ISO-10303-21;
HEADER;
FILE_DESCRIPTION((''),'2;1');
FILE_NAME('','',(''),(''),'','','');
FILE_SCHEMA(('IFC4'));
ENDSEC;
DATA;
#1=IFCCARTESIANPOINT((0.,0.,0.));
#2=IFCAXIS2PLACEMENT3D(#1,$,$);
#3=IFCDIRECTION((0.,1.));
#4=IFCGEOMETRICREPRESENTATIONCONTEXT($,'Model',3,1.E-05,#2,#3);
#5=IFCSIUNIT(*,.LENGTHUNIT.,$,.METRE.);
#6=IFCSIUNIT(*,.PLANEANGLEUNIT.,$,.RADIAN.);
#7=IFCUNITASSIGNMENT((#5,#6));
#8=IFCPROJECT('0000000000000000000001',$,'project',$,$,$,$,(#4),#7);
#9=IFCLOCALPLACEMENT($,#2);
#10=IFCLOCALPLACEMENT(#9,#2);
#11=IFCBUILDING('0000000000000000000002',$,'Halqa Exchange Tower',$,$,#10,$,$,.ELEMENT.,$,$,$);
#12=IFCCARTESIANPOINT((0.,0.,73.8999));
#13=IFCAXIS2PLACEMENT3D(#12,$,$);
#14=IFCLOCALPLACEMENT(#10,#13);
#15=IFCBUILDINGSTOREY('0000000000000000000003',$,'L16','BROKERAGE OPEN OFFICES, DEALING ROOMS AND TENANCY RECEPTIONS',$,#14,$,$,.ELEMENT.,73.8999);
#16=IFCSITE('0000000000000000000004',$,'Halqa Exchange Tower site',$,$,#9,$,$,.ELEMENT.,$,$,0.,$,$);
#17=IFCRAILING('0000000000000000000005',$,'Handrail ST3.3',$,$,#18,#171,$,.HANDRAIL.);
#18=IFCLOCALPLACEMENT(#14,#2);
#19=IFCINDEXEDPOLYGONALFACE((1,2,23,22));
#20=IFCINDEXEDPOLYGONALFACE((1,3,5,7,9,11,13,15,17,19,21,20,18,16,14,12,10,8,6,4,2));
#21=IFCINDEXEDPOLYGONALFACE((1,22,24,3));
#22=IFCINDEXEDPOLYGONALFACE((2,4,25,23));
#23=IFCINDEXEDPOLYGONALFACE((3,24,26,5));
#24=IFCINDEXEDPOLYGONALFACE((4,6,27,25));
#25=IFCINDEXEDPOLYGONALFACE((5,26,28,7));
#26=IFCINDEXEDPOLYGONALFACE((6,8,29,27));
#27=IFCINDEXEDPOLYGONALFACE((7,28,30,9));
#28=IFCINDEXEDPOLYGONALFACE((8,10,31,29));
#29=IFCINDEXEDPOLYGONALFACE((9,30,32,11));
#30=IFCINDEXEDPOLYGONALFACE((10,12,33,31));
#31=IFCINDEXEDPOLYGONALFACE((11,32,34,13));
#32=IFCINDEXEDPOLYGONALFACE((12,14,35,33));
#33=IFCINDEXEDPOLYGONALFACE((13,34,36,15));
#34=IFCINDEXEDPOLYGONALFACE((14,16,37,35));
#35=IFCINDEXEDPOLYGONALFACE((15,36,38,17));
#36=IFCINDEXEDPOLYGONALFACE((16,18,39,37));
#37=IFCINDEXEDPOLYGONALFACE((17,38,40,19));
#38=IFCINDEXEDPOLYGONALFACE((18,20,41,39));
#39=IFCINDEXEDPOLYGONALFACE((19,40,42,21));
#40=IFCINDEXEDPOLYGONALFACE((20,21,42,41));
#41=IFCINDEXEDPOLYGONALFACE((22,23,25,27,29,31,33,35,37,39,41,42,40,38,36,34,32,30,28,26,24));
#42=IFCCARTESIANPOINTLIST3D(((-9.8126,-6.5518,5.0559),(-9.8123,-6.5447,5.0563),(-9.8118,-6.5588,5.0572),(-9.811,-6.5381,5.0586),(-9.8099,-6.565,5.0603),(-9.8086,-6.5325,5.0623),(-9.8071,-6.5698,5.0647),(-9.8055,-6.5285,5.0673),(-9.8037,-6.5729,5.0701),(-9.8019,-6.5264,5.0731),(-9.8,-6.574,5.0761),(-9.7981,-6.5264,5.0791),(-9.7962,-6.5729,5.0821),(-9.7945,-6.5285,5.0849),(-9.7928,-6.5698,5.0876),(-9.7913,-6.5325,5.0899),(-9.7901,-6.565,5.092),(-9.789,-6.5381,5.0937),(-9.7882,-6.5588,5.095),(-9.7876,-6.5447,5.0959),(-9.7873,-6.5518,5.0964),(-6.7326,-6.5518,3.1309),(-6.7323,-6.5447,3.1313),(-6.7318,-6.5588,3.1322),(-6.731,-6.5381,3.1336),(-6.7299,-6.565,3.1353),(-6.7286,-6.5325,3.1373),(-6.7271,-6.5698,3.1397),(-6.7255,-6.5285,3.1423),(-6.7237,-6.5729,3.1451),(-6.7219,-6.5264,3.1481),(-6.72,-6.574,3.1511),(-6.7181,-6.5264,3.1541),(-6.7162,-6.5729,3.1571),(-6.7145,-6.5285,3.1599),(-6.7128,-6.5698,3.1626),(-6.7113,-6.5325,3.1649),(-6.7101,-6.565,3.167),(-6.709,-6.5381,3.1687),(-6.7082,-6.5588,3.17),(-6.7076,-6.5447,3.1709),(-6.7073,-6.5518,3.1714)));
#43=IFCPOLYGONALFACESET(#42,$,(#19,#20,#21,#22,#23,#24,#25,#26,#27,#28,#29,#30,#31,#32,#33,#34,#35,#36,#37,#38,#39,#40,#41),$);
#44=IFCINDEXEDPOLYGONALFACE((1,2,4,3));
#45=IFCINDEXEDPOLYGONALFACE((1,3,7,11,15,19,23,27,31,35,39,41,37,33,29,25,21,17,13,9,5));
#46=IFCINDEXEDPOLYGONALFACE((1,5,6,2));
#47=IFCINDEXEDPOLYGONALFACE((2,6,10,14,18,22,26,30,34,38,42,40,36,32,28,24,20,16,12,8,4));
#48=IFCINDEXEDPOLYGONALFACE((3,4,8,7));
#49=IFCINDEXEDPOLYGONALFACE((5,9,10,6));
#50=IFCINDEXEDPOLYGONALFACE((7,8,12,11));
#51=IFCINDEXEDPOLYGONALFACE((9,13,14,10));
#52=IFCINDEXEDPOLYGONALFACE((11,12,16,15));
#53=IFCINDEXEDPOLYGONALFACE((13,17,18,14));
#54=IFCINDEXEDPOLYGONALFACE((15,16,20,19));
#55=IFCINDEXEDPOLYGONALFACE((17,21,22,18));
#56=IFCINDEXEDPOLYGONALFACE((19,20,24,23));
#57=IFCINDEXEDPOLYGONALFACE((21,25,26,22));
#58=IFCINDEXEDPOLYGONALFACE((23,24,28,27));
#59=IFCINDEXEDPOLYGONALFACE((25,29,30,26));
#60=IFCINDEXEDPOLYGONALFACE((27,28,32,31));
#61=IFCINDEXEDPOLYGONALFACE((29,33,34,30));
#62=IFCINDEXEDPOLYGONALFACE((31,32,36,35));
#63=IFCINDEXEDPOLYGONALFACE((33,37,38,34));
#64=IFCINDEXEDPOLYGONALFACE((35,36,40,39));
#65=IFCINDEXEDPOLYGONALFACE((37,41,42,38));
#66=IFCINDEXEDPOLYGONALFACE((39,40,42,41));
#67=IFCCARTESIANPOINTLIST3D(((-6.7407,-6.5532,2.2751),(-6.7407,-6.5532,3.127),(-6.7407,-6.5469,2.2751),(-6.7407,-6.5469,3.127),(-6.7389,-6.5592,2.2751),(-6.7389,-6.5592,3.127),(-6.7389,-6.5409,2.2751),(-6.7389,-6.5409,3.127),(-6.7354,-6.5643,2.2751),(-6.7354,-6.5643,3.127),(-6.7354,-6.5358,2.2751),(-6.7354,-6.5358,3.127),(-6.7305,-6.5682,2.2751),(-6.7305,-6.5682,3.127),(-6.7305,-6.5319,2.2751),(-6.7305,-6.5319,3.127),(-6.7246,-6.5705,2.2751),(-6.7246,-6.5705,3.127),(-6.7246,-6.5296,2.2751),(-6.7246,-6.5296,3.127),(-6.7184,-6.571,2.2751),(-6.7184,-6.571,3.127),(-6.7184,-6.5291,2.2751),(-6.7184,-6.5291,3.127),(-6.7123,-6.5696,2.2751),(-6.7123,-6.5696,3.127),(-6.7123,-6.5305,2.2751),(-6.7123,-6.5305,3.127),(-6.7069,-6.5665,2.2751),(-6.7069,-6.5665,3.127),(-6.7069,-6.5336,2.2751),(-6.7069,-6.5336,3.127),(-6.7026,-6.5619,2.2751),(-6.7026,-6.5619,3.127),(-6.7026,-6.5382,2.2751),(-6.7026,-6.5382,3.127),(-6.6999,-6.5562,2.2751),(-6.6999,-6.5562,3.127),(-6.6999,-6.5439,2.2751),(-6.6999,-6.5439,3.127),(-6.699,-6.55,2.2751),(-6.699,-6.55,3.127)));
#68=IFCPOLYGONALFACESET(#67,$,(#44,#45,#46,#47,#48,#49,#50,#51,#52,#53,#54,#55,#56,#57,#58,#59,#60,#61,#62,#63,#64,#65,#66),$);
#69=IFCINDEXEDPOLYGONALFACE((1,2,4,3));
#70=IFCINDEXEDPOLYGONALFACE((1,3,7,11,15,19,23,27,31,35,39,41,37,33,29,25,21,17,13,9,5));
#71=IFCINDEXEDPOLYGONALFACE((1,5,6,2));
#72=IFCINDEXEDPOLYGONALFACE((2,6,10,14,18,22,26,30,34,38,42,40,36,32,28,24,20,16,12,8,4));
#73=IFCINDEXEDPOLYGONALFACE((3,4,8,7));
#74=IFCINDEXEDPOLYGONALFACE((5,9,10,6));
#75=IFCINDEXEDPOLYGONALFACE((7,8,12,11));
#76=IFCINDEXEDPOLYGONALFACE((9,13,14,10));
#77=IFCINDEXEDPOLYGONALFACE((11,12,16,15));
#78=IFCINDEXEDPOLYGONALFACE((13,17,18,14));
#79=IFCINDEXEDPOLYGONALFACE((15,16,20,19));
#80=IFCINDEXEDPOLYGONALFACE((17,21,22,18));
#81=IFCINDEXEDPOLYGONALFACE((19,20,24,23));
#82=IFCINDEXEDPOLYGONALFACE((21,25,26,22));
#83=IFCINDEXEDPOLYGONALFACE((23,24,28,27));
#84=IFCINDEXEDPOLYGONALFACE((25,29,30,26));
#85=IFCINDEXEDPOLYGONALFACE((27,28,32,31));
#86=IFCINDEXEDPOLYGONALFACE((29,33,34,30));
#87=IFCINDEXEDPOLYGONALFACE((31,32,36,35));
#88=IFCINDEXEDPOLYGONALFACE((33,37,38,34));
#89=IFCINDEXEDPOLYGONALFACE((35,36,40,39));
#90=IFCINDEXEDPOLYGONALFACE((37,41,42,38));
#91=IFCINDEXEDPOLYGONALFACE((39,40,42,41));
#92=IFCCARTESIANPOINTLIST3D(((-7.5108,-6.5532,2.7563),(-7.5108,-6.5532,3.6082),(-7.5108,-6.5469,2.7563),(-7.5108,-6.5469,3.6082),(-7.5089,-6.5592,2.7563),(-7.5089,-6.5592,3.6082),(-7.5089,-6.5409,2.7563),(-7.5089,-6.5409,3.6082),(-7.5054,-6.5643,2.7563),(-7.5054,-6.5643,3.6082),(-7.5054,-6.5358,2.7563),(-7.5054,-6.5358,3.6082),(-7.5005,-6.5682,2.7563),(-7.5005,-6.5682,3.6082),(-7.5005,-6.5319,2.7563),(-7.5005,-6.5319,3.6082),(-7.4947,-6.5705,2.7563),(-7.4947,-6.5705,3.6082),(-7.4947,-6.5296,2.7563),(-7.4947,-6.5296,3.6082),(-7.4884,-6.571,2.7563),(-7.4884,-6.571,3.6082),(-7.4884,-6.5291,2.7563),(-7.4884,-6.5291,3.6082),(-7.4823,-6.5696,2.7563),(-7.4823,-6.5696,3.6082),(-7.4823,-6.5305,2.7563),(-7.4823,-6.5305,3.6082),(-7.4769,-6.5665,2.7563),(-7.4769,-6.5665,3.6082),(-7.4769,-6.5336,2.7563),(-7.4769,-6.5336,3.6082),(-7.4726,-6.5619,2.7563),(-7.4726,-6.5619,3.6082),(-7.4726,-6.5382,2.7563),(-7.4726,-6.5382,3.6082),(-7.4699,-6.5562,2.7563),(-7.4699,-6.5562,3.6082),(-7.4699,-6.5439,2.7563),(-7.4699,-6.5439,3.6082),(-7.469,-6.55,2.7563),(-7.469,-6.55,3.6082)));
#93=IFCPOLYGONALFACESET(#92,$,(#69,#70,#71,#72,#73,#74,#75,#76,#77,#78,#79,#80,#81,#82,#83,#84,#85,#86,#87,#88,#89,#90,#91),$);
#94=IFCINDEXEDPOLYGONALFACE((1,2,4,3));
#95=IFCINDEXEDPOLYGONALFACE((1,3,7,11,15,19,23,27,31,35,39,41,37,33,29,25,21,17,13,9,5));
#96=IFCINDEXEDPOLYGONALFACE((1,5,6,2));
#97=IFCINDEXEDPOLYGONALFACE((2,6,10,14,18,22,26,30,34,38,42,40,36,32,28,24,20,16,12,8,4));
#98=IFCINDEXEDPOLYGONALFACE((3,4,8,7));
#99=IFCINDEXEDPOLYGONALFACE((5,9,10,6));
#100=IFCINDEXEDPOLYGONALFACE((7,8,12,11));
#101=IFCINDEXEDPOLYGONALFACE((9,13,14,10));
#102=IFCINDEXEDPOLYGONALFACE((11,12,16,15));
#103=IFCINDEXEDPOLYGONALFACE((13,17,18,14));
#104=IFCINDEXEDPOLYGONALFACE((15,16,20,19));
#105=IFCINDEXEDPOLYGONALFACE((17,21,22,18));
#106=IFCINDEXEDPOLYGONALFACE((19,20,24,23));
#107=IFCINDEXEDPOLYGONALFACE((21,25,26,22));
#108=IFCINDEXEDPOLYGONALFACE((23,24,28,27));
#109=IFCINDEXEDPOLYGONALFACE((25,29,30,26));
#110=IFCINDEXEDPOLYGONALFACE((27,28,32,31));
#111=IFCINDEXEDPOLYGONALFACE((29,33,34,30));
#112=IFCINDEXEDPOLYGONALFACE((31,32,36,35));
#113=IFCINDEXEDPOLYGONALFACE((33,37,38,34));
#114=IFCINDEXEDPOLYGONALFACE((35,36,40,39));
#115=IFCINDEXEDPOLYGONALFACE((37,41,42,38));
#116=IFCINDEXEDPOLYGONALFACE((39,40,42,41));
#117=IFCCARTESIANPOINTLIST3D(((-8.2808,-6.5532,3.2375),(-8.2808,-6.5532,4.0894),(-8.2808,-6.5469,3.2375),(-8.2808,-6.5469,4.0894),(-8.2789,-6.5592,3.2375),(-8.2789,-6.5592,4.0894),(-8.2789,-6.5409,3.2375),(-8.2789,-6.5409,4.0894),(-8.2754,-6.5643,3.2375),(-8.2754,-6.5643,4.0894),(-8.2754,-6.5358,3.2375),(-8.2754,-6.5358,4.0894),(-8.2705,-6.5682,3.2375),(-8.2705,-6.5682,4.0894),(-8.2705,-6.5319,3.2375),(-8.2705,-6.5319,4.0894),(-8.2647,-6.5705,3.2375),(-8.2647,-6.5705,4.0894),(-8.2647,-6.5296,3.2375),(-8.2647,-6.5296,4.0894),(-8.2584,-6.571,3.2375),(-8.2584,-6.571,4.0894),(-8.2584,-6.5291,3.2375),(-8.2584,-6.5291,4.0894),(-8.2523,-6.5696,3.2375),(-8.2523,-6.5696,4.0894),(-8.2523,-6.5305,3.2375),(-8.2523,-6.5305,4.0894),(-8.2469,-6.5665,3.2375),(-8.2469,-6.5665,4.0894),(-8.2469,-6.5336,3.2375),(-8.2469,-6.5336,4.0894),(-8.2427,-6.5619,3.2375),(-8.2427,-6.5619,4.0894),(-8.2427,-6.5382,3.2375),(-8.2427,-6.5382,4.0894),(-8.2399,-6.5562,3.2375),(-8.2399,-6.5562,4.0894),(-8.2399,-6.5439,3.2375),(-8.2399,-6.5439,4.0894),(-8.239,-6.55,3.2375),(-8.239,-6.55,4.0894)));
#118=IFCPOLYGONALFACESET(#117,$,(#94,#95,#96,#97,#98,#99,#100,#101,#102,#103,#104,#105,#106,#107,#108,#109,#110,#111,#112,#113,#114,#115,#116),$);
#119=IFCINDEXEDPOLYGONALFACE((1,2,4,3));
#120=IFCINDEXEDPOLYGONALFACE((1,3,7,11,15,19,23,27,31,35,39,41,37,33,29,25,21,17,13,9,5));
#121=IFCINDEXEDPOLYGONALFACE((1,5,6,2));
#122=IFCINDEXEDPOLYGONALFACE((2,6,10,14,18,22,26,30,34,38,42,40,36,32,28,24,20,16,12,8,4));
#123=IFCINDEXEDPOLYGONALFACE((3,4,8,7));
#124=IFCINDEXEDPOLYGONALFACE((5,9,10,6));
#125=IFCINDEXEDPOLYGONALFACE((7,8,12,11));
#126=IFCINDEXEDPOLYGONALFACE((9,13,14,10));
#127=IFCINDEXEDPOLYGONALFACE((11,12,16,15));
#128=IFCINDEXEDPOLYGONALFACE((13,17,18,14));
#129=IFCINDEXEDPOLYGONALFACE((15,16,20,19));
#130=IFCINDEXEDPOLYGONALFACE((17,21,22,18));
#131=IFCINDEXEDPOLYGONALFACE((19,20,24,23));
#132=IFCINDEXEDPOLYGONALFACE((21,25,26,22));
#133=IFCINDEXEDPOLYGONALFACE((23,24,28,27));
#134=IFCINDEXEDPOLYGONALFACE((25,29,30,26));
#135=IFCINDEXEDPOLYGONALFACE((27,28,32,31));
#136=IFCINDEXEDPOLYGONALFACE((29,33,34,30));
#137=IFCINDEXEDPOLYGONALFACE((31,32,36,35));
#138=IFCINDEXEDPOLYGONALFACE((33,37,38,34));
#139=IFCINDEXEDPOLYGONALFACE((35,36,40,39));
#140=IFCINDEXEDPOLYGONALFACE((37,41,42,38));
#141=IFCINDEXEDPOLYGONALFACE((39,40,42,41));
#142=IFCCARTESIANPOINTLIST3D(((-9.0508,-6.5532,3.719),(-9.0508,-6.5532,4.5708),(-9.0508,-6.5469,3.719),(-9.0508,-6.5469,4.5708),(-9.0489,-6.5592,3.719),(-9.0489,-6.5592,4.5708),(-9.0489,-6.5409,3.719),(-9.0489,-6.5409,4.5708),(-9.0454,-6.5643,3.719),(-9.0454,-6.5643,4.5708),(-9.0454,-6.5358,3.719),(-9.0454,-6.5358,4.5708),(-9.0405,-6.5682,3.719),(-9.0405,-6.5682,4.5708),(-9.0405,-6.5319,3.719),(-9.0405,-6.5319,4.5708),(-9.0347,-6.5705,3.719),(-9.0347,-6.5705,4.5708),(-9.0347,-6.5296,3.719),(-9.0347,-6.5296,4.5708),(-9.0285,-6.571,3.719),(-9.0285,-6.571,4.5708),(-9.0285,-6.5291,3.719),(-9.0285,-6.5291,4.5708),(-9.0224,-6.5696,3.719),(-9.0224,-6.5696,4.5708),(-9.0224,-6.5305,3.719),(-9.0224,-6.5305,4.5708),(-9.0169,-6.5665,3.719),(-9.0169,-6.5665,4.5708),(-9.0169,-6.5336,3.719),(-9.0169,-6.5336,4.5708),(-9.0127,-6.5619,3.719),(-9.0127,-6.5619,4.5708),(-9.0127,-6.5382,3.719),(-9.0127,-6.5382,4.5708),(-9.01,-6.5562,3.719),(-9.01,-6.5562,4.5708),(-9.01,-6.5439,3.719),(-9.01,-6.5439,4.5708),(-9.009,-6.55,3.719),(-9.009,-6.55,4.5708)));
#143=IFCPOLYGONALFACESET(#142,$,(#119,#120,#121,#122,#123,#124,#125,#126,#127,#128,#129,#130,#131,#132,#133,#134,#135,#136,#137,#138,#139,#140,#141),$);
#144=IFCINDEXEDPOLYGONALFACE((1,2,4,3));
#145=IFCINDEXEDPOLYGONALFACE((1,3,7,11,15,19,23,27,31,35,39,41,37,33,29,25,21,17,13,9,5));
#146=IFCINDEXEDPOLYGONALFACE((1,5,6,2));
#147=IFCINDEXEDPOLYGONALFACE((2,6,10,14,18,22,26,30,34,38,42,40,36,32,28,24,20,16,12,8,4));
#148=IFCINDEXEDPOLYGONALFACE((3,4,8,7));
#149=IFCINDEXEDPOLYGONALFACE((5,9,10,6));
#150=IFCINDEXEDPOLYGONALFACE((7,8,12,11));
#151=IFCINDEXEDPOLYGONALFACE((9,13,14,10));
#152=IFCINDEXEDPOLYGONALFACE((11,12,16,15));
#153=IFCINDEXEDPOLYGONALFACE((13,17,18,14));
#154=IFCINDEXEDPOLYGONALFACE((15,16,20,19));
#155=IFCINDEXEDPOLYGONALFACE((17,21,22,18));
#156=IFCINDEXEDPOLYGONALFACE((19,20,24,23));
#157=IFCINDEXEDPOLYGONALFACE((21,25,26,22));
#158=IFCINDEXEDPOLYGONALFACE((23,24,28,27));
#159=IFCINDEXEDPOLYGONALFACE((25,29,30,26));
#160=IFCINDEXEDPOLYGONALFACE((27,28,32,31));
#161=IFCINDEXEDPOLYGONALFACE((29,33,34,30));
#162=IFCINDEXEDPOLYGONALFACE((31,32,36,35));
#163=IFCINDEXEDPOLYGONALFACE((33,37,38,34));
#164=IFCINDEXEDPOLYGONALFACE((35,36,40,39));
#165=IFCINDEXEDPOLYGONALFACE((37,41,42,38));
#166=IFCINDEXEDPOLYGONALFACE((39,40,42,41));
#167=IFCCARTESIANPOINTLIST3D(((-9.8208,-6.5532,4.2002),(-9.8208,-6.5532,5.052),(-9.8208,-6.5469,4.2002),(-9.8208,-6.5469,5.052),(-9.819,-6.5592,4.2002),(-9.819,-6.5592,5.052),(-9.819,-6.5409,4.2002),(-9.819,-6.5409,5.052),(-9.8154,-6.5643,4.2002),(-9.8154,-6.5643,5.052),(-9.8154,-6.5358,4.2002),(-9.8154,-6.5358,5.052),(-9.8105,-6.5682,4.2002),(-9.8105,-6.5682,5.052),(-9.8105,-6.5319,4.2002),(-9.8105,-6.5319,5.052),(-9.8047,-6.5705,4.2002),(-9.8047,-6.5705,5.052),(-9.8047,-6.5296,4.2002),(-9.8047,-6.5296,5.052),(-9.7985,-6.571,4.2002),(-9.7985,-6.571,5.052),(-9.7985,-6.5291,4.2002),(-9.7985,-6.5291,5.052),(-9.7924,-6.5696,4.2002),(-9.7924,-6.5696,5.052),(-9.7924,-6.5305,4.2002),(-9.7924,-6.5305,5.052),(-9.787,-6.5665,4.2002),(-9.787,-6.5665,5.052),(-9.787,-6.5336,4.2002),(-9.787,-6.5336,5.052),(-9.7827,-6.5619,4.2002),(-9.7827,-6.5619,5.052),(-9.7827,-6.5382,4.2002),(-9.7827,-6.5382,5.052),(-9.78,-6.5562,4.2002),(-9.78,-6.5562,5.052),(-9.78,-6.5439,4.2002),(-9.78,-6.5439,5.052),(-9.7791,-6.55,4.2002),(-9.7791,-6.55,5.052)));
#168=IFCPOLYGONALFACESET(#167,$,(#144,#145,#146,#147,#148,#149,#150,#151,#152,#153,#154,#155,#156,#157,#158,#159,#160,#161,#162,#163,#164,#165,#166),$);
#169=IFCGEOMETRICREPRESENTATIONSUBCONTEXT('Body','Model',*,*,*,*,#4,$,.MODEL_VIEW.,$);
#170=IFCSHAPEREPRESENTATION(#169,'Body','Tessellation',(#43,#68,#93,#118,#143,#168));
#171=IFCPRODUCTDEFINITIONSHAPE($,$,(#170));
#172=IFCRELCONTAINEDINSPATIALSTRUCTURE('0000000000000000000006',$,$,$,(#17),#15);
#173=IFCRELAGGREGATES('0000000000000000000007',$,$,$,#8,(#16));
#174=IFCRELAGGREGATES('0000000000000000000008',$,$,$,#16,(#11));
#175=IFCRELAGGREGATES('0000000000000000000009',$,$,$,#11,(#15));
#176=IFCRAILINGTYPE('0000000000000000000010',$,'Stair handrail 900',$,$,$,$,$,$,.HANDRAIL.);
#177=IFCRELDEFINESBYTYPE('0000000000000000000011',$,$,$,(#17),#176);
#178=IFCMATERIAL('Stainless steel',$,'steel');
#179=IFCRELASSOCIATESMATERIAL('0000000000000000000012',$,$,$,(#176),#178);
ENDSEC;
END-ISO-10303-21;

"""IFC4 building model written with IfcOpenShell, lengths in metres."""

from ifc_helpers import new_model, si_unit, direction, frame, origin, origin_2d, place, context, subcontext, project, spatial, circle, extrude, material, type_object, element, save


model = new_model("IFC4")

# Units and contexts
model_context = context("Model", 3, precision=1e-05, world=origin(), true_north=direction((0.0, 1.0)))
body_context = subcontext(model_context, "Body", "Model", "MODEL_VIEW")
ifc_project = project(units=[si_unit("LENGTHUNIT", "METRE"), si_unit("PLANEANGLEUNIT", "RADIAN")], contexts=[model_context])

# Site, building, storey
site_placement = place(None, origin())
site = spatial("IfcSite", under=ifc_project, at=site_placement, Name="Halqa Exchange Tower site", CompositionType="ELEMENT", RefElevation=0.0)
building_placement = place(site_placement, origin())
building = spatial("IfcBuilding", under=site, at=building_placement, Name="Halqa Exchange Tower", CompositionType="ELEMENT")
storey_placement = place(building_placement, frame((0.0, 0.0, 73.8999)))
storey = spatial("IfcBuildingStorey", under=building, at=storey_placement, Name="L16", Description="BROKERAGE OPEN OFFICES, DEALING ROOMS AND TENANCY RECEPTIONS", CompositionType="ELEMENT", Elevation=73.8999)

# Shared definitions
ifc_material_1 = material(Name="Stainless steel", Category="steel")

# Railing
railing_type_1 = type_object("IfcRailingType", Name="Stair handrail 900", PredefinedType="HANDRAIL", material=ifc_material_1)
railing_1_placement = place(storey_placement, frame((-6.72, -6.55, 2.2751)))
element("IfcRailing", 1, at=railing_1_placement, inside=storey, type_object=railing_type_1, Name="Handrail ST3.3", PredefinedType="HANDRAIL", context=body_context, shape_type="SweptSolid", body=[
    extrude(circle(Radius=0.0239, at=origin_2d()), frame((0.0, 0.0, 0.876), z_axis=(-0.847998, 0.0, 0.529999), x_axis=(0.0, -1.0, 0.0)), (0.0, 0.0, 1.0), 3.6321),
    extrude(circle(Radius=0.021, at=origin_2d()), origin(), (0.0, 0.0, 1.0), 0.8518),
    extrude(circle(Radius=0.021, at=origin_2d()), frame((-0.77, 0.0, 0.4812)), (0.0, 0.0, 1.0), 0.8518),
    extrude(circle(Radius=0.021, at=origin_2d()), frame((-1.54, 0.0, 0.9624)), (0.0, 0.0, 1.0), 0.8518),
    extrude(circle(Radius=0.021, at=origin_2d()), frame((-2.3101, 0.0, 1.4438)), (0.0, 0.0, 1.0), 0.8518),
    extrude(circle(Radius=0.021, at=origin_2d()), frame((-3.0801, 0.0, 1.925)), (0.0, 0.0, 1.0), 0.8518),
])

save(model, "model.ifc")
